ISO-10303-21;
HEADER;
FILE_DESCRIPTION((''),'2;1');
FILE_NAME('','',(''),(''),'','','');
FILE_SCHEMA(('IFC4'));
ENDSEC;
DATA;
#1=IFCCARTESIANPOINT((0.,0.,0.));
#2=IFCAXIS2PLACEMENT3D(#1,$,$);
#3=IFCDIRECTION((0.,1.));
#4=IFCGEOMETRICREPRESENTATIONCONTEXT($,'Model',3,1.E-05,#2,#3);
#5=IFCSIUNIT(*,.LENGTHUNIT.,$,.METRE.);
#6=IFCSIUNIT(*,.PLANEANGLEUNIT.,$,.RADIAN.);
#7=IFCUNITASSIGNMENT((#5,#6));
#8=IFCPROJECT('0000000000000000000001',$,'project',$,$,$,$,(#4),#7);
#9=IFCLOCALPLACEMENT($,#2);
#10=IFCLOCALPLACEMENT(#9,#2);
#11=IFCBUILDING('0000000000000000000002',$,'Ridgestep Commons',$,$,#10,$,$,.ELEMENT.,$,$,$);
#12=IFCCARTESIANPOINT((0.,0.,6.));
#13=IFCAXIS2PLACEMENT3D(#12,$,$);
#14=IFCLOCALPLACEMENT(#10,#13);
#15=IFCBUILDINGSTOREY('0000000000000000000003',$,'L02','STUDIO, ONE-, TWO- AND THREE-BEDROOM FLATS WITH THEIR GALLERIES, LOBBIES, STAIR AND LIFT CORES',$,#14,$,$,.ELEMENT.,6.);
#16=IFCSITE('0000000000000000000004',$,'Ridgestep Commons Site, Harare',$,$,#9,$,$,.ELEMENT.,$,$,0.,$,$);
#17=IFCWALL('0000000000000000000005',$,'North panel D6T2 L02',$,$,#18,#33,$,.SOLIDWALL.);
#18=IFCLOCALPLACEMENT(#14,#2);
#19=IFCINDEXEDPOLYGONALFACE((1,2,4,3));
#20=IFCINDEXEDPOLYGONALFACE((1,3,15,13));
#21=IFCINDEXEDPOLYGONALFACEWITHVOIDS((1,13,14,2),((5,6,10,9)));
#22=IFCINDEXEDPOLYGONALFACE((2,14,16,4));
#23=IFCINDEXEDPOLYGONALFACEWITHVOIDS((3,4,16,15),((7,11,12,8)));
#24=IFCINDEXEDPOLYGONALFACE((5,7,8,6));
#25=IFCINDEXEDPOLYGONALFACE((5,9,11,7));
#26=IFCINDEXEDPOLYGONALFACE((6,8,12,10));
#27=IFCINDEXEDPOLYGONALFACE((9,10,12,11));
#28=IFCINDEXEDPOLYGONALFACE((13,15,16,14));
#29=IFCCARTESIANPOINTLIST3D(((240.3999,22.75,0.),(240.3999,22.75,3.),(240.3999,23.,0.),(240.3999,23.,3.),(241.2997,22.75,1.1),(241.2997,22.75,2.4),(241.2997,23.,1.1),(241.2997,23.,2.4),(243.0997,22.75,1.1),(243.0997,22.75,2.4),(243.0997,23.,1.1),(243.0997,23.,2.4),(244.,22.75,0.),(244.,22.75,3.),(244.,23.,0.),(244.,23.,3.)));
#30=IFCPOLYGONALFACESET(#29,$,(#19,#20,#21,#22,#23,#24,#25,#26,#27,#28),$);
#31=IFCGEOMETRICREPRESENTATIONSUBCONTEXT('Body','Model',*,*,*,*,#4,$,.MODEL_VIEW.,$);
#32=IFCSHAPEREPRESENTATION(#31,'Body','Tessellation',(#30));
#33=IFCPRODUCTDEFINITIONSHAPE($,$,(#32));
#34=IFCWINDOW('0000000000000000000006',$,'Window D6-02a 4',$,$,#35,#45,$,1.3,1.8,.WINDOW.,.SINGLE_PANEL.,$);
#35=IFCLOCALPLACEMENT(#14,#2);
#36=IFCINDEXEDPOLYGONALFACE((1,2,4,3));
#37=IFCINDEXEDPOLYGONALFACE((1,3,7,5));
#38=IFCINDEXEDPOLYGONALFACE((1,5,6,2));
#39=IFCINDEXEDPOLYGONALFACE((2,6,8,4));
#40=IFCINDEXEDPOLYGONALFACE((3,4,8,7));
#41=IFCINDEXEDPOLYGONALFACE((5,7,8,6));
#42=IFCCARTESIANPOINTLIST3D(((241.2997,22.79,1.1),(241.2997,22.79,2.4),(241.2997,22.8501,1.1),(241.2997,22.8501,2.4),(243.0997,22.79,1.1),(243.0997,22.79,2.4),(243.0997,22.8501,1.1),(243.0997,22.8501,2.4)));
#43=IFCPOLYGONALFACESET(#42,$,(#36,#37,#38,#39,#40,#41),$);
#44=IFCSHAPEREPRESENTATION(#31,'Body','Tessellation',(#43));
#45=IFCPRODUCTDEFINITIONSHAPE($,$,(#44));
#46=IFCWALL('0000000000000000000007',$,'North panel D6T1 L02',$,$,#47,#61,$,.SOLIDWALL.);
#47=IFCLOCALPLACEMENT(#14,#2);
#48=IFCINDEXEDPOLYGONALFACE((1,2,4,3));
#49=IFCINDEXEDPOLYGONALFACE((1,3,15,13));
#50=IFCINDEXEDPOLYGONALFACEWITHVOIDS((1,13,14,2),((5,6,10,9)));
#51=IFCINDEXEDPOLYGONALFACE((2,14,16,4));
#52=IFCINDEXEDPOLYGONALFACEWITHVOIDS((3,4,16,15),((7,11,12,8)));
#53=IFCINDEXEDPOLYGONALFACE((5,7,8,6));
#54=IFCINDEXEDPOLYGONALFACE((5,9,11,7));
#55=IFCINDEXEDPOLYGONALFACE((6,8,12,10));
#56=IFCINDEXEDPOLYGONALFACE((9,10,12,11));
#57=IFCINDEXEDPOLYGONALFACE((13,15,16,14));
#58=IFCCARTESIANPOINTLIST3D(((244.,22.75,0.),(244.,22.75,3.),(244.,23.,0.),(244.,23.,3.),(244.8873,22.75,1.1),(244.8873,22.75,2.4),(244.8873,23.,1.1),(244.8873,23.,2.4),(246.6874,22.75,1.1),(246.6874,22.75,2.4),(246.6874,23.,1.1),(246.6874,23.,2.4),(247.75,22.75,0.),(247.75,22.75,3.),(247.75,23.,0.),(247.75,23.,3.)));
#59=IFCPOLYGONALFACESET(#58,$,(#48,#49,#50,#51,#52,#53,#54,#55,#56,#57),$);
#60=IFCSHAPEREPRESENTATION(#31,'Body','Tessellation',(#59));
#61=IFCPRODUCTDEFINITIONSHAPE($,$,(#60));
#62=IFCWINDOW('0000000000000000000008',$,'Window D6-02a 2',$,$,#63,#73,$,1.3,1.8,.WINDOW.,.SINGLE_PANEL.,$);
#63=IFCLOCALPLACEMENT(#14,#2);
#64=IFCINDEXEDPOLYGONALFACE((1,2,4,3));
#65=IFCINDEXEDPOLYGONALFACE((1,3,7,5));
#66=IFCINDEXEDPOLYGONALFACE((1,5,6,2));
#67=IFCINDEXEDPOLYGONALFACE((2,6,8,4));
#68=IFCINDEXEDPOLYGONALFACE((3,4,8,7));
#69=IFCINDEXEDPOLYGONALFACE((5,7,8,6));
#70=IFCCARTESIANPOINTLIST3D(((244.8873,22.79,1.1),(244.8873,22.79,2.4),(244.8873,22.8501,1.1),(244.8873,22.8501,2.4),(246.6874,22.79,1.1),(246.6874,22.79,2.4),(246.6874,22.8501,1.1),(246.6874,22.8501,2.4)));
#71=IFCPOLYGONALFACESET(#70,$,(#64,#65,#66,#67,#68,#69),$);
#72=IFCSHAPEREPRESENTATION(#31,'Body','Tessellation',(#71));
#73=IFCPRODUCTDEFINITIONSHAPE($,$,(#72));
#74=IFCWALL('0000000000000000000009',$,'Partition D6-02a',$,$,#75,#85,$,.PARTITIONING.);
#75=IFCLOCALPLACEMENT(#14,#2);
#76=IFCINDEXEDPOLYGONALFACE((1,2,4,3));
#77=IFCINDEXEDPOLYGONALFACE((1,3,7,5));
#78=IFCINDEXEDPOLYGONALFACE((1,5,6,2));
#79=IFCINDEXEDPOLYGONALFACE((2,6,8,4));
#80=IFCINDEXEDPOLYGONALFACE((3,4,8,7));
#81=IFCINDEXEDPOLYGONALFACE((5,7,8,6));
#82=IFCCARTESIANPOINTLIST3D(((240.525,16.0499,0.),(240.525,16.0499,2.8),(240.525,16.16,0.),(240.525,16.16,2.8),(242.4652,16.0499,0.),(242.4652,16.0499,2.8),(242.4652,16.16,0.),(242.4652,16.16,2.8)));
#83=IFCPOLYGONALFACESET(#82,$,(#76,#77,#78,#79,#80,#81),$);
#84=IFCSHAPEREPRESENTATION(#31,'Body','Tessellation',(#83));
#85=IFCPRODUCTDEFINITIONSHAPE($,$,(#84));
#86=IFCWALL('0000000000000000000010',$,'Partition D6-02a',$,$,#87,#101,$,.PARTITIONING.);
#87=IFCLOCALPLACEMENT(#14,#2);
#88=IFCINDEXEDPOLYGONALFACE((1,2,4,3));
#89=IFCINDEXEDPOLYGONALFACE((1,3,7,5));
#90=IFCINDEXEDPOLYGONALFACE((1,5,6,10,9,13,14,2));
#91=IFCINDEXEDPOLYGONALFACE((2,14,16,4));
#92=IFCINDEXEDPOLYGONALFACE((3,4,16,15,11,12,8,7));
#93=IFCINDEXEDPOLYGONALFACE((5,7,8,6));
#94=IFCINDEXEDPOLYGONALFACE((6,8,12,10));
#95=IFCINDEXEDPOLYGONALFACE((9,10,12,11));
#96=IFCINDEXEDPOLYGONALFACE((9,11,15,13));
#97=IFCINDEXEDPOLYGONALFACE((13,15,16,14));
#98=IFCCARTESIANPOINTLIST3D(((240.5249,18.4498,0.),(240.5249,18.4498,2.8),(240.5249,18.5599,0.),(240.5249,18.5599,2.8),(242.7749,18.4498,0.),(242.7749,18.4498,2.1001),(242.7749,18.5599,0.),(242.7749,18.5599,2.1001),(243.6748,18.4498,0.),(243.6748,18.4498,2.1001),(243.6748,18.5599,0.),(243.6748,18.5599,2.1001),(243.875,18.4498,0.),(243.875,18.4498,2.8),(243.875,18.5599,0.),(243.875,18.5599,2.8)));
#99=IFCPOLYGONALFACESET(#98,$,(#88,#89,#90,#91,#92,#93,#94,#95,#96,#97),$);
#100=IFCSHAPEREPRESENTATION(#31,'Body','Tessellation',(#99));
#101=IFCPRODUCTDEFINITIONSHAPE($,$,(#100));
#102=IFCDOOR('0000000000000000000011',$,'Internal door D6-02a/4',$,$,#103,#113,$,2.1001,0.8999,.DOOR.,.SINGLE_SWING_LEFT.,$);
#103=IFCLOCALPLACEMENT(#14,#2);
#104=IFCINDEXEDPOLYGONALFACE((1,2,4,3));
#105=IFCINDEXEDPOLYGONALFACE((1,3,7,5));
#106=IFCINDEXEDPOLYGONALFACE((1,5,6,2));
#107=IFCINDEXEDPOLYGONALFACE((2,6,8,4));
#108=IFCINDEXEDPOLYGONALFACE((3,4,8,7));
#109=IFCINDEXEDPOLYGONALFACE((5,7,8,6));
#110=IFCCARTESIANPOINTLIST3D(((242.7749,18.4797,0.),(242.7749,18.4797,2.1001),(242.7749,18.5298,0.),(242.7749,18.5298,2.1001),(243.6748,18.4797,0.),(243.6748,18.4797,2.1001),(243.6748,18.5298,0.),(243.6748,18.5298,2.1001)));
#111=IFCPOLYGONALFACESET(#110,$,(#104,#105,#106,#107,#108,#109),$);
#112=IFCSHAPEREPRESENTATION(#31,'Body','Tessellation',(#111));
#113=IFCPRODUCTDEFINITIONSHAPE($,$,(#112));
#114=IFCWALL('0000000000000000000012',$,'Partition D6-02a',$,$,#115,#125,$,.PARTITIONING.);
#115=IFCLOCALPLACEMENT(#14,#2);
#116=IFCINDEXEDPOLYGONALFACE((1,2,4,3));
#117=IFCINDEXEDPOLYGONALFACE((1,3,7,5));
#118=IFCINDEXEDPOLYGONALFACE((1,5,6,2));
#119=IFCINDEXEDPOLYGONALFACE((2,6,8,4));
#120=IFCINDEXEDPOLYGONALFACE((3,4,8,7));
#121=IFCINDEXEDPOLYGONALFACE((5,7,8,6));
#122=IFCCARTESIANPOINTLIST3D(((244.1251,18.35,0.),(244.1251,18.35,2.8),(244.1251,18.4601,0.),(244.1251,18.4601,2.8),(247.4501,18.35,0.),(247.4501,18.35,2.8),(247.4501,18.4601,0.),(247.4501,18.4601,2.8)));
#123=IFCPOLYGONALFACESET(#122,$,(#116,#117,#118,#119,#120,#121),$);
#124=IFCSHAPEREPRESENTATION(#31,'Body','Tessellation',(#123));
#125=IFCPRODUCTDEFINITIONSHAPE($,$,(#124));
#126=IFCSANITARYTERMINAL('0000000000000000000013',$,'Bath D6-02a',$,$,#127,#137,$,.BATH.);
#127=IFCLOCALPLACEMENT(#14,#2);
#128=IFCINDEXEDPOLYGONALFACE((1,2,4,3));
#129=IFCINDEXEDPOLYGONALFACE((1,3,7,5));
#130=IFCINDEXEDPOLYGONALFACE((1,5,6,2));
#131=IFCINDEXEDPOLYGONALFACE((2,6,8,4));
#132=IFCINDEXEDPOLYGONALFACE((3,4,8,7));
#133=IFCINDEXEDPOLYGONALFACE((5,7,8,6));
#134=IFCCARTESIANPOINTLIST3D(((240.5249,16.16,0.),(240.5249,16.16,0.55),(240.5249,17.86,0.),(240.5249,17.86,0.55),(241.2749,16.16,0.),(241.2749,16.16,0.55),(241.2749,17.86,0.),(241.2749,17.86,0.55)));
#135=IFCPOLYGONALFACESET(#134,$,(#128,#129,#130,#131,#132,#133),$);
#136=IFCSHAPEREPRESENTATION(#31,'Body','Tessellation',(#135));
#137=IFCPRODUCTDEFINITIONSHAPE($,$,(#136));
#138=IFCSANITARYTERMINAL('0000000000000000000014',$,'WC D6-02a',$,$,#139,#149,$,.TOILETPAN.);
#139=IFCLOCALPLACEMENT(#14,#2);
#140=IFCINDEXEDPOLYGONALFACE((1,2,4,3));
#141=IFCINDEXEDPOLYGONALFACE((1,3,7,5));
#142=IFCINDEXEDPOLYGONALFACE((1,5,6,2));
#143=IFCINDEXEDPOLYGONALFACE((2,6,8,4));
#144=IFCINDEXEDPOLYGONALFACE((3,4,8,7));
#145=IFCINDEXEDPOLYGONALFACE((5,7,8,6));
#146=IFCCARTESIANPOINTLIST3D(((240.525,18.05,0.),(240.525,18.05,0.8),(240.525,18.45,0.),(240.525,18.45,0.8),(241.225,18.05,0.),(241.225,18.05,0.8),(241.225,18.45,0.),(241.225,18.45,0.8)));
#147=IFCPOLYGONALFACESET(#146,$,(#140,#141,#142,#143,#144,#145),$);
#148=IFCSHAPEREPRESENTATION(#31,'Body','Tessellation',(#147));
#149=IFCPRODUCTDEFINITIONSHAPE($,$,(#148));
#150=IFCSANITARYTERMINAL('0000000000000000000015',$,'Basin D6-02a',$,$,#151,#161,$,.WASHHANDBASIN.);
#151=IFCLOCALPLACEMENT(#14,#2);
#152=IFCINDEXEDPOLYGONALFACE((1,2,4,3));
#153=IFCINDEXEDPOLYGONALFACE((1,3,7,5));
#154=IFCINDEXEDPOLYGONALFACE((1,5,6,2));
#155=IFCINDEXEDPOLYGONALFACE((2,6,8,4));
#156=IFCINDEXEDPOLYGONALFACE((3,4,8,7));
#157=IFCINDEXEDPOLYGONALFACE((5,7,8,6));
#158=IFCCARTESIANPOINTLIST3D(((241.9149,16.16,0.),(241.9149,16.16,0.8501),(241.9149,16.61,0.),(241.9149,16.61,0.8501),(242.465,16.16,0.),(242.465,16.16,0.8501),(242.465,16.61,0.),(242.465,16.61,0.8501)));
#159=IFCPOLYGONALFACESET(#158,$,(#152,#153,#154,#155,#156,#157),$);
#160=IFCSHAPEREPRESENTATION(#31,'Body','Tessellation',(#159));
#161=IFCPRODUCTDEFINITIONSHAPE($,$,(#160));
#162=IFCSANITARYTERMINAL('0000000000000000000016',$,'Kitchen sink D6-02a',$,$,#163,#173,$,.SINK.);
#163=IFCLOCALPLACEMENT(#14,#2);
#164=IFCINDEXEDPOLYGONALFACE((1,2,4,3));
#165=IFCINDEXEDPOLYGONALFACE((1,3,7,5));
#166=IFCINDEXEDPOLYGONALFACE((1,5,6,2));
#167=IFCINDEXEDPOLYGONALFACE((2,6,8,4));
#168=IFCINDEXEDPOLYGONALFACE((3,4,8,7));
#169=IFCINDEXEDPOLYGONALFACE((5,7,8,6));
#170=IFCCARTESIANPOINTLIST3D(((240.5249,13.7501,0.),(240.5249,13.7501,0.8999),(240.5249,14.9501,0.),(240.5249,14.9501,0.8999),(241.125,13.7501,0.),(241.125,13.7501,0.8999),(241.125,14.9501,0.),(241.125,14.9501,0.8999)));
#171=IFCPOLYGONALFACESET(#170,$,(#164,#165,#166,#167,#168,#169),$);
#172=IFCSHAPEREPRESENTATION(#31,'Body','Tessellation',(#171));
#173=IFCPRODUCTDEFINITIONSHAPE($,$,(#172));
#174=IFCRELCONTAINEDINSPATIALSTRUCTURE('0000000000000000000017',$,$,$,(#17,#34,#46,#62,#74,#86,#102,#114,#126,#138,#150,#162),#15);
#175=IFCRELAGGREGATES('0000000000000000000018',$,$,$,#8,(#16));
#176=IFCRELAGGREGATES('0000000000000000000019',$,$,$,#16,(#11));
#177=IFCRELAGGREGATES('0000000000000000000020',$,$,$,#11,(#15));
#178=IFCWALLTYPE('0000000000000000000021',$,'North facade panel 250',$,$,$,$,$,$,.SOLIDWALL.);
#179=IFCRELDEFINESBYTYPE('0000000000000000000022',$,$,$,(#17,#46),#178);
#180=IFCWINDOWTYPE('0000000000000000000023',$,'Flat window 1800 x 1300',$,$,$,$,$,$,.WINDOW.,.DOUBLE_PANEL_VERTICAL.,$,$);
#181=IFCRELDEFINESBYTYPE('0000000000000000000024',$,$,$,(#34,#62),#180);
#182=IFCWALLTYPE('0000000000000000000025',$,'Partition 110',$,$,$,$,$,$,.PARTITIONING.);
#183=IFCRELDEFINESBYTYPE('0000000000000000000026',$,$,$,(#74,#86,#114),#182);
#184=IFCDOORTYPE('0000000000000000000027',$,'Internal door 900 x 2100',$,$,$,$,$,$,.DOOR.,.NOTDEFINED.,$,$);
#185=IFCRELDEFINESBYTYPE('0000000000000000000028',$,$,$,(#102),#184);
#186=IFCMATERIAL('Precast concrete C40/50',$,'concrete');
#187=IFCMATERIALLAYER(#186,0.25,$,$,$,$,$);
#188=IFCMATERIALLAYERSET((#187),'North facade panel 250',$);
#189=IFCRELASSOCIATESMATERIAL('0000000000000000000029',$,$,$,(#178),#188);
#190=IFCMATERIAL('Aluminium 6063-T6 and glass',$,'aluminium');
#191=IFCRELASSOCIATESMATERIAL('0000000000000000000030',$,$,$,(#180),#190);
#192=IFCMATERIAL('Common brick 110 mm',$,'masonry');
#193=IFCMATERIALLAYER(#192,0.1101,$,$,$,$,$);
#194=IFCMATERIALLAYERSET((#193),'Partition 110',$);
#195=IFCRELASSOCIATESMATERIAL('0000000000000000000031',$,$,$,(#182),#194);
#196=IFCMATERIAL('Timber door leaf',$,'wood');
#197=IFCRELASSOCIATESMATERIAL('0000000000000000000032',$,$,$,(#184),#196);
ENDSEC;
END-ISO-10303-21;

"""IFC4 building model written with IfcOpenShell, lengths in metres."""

from ifc_helpers import new_model, si_unit, direction, frame, frame_2d, origin, origin_2d, place, context, subcontext, project, spatial, rectangle, extrude, material, layer, layer_set, type_object, element, fill, save


model = new_model("IFC4")

# Units and contexts
model_context = context("Model", 3, precision=1e-05, world=origin(), true_north=direction((0.0, 1.0)))
body_context = subcontext(model_context, "Body", "Model", "MODEL_VIEW")
ifc_project = project(units=[si_unit("LENGTHUNIT", "METRE"), si_unit("PLANEANGLEUNIT", "RADIAN")], contexts=[model_context])

# Site, building, storey
site_placement = place(None, origin())
site = spatial("IfcSite", under=ifc_project, at=site_placement, Name="Ridgestep Commons Site, Harare", CompositionType="ELEMENT", RefElevation=0.0)
building_placement = place(site_placement, origin())
building = spatial("IfcBuilding", under=site, at=building_placement, Name="Ridgestep Commons", CompositionType="ELEMENT")
storey_placement = place(building_placement, frame((0.0, 0.0, 6.0)))
storey = spatial("IfcBuildingStorey", under=building, at=storey_placement, Name="L02", Description="STUDIO, ONE-, TWO- AND THREE-BEDROOM FLATS WITH THEIR GALLERIES, LOBBIES, STAIR AND LIFT CORES", CompositionType="ELEMENT", Elevation=6.0)

# Walls, openings, windows
ifc_material_1 = material(Name="Precast concrete C40/50", Category="concrete")
ifc_layer_1 = layer(ifc_material_1, 0.25)
ifc_layer_set_1 = layer_set([ifc_layer_1], Name="North facade panel 250")
wall_type_1 = type_object("IfcWallType", Name="North facade panel 250", PredefinedType="SOLIDWALL", material=ifc_layer_set_1)
wall_1_placement = place(storey_placement, frame((240.3999, 22.875, 0.0), z_axis=(0.0, 0.0, 1.0), x_axis=(1.0, 0.0, 0.0)))
wall_1 = element("IfcWall", 1, at=wall_1_placement, inside=storey, type_object=wall_type_1, Name="North panel D6T2 L02", PredefinedType="SOLIDWALL", context=body_context, shape_type="SweptSolid", body=[
    extrude(rectangle(XDim=3.6001, YDim=0.25, at=frame_2d((1.8, 0.0))), origin(), (0.0, 0.0, 1.0), 3.0),
])
opening_1_placement = place(wall_1_placement, frame((0.8999, 0.0, 1.1001)))
opening_1 = element("IfcOpeningElement", 2, at=opening_1_placement, cuts=wall_1, PredefinedType="OPENING", context=body_context, shape_type="SweptSolid", body=[
    extrude(rectangle(XDim=1.8, YDim=1.3, at=frame_2d((0.8999, 0.6499))), frame((0.0, 0.135, 0.0), z_axis=(0.0, -1.0, 0.0), x_axis=(1.0, 0.0, 0.0)), (0.0, 0.0, 1.0), 0.27),
])
ifc_material_2 = material(Name="Aluminium 6063-T6 and glass", Category="aluminium")
window_type = type_object("IfcWindowType", Name="Flat window 1800 x 1300", PartitioningType="DOUBLE_PANEL_VERTICAL", PredefinedType="WINDOW", material=ifc_material_2)
window_1_placement = place(opening_1_placement, origin())
window_1 = element("IfcWindow", 3, at=window_1_placement, inside=storey, type_object=window_type, Name="Window D6-02a 4", OverallHeight=1.3, OverallWidth=1.8, PartitioningType="SINGLE_PANEL", PredefinedType="WINDOW", context=body_context, shape_type="SweptSolid", body=[
    extrude(rectangle(XDim=1.8, YDim=1.3, at=frame_2d((0.8999, 0.6499))), frame((0.0, -0.0249, 0.0), z_axis=(0.0, -1.0, 0.0), x_axis=(1.0, 0.0, 0.0)), (0.0, 0.0, 1.0), 0.0601),
])
fill(opening_1, window_1)
wall_2_placement = place(storey_placement, frame((244.0, 22.875, 0.0), z_axis=(0.0, 0.0, 1.0), x_axis=(1.0, 0.0, 0.0)))
wall_2 = element("IfcWall", 4, at=wall_2_placement, inside=storey, type_object=wall_type_1, Name="North panel D6T1 L02", PredefinedType="SOLIDWALL", context=body_context, shape_type="SweptSolid", body=[
    extrude(rectangle(XDim=3.75, YDim=0.25, at=frame_2d((1.875, 0.0))), origin(), (0.0, 0.0, 1.0), 3.0),
])
opening_2_placement = place(wall_2_placement, frame((0.8875, 0.0, 1.1001)))
opening_2 = element("IfcOpeningElement", 5, at=opening_2_placement, cuts=wall_2, PredefinedType="OPENING", context=body_context, shape_type="SweptSolid", body=[
    extrude(rectangle(XDim=1.8, YDim=1.3, at=frame_2d((0.8999, 0.6499))), frame((0.0, 0.135, 0.0), z_axis=(0.0, -1.0, 0.0), x_axis=(1.0, 0.0, 0.0)), (0.0, 0.0, 1.0), 0.27),
])
window_2_placement = place(opening_2_placement, origin())
window_2 = element("IfcWindow", 6, at=window_2_placement, inside=storey, type_object=window_type, Name="Window D6-02a 2", OverallHeight=1.3, OverallWidth=1.8, PartitioningType="SINGLE_PANEL", PredefinedType="WINDOW", context=body_context, shape_type="SweptSolid", body=[
    extrude(rectangle(XDim=1.8, YDim=1.3, at=frame_2d((0.8999, 0.6499))), frame((0.0, -0.0249, 0.0), z_axis=(0.0, -1.0, 0.0), x_axis=(1.0, 0.0, 0.0)), (0.0, 0.0, 1.0), 0.0601),
])
fill(opening_2, window_2)

# Wall
ifc_material_3 = material(Name="Common brick 110 mm", Category="masonry")
ifc_layer_2 = layer(ifc_material_3, 0.1101)
ifc_layer_set_2 = layer_set([ifc_layer_2], Name="Partition 110")
wall_type_2 = type_object("IfcWallType", Name="Partition 110", PredefinedType="PARTITIONING", material=ifc_layer_set_2)
wall_3_placement = place(storey_placement, frame((240.5249, 16.105, 0.0), z_axis=(0.0, 0.0, 1.0), x_axis=(1.0, 0.0, 0.0)))
element("IfcWall", 7, at=wall_3_placement, inside=storey, type_object=wall_type_2, Name="Partition D6-02a", PredefinedType="PARTITIONING", context=body_context, shape_type="SweptSolid", body=[
    extrude(rectangle(XDim=1.9402, YDim=0.1101, at=frame_2d((0.9702, 0.0))), origin(), (0.0, 0.0, 1.0), 2.8),
])

# Wall, opening, door
wall_4_placement = place(storey_placement, frame((240.5249, 18.5049, 0.0), z_axis=(0.0, 0.0, 1.0), x_axis=(1.0, 0.0, 0.0)))
wall_4 = element("IfcWall", 8, at=wall_4_placement, inside=storey, type_object=wall_type_2, Name="Partition D6-02a", PredefinedType="PARTITIONING", context=body_context, shape_type="SweptSolid", body=[
    extrude(rectangle(XDim=3.3501, YDim=0.1101, at=frame_2d((1.675, 0.0))), origin(), (0.0, 0.0, 1.0), 2.8),
])
opening_3_placement = place(wall_4_placement, frame((2.25, 0.0, 0.0)))
opening_3 = element("IfcOpeningElement", 9, at=opening_3_placement, cuts=wall_4, PredefinedType="OPENING", context=body_context, shape_type="SweptSolid", body=[
    extrude(rectangle(XDim=0.8999, YDim=2.1001, at=frame_2d((0.45, 1.05))), frame((0.0, 0.0649, 0.0), z_axis=(0.0, -1.0, 0.0), x_axis=(1.0, 0.0, 0.0)), (0.0, 0.0, 1.0), 0.1301),
])
ifc_material_4 = material(Name="Timber door leaf", Category="wood")
door_type_1 = type_object("IfcDoorType", Name="Internal door 900 x 2100", OperationType="NOTDEFINED", PredefinedType="DOOR", material=ifc_material_4)
door_1_placement = place(opening_3_placement, origin())
door_1 = element("IfcDoor", 10, at=door_1_placement, inside=storey, type_object=door_type_1, Name="Internal door D6-02a/4", OperationType="SINGLE_SWING_LEFT", OverallHeight=2.1001, OverallWidth=0.8999, PredefinedType="DOOR", context=body_context, shape_type="SweptSolid", body=[
    extrude(rectangle(XDim=0.8999, YDim=2.1001, at=frame_2d((0.45, 1.05))), frame((0.0, 0.0249, 0.0), z_axis=(0.0, -1.0, 0.0), x_axis=(1.0, 0.0, 0.0)), (0.0, 0.0, 1.0), 0.05),
])
fill(opening_3, door_1)

# Wall
wall_5_placement = place(storey_placement, frame((244.125, 18.405, 0.0), z_axis=(0.0, 0.0, 1.0), x_axis=(1.0, 0.0, 0.0)))
element("IfcWall", 11, at=wall_5_placement, inside=storey, type_object=wall_type_2, Name="Partition D6-02a", PredefinedType="PARTITIONING", context=body_context, shape_type="SweptSolid", body=[
    extrude(rectangle(XDim=3.325, YDim=0.1101, at=frame_2d((1.6626, 0.0))), origin(), (0.0, 0.0, 1.0), 2.8),
])

# Sanitary terminals
sanitary_terminal_1_placement = place(storey_placement, frame((240.8999, 17.01, 0.0), z_axis=(0.0, 0.0, 1.0), x_axis=(1.0, 0.0, 0.0)))
element("IfcSanitaryTerminal", 12, at=sanitary_terminal_1_placement, inside=storey, Name="Bath D6-02a", PredefinedType="BATH", context=body_context, shape_type="SweptSolid", body=[
    extrude(rectangle(XDim=0.75, YDim=1.7, at=origin_2d()), origin(), (0.0, 0.0, 1.0), 0.55),
])
sanitary_terminal_2_placement = place(storey_placement, frame((240.875, 18.25, 0.0), z_axis=(0.0, 0.0, 1.0), x_axis=(1.0, 0.0, 0.0)))
element("IfcSanitaryTerminal", 13, at=sanitary_terminal_2_placement, inside=storey, Name="WC D6-02a", PredefinedType="TOILETPAN", context=body_context, shape_type="SweptSolid", body=[
    extrude(rectangle(XDim=0.7, YDim=0.3999, at=origin_2d()), origin(), (0.0, 0.0, 1.0), 0.8),
])
sanitary_terminal_3_placement = place(storey_placement, frame((242.1899, 16.385, 0.0), z_axis=(0.0, 0.0, 1.0), x_axis=(1.0, 0.0, 0.0)))
element("IfcSanitaryTerminal", 14, at=sanitary_terminal_3_placement, inside=storey, Name="Basin D6-02a", PredefinedType="WASHHANDBASIN", context=body_context, shape_type="SweptSolid", body=[
    extrude(rectangle(XDim=0.55, YDim=0.45, at=origin_2d()), origin(), (0.0, 0.0, 1.0), 0.8501),
])
sanitary_terminal_4_placement = place(storey_placement, frame((240.825, 14.3501, 0.0), z_axis=(0.0, 0.0, 1.0), x_axis=(1.0, 0.0, 0.0)))
element("IfcSanitaryTerminal", 15, at=sanitary_terminal_4_placement, inside=storey, Name="Kitchen sink D6-02a", PredefinedType="SINK", context=body_context, shape_type="SweptSolid", body=[
    extrude(rectangle(XDim=0.6001, YDim=1.2, at=origin_2d()), origin(), (0.0, 0.0, 1.0), 0.8999),
])

save(model, "model.ifc")
